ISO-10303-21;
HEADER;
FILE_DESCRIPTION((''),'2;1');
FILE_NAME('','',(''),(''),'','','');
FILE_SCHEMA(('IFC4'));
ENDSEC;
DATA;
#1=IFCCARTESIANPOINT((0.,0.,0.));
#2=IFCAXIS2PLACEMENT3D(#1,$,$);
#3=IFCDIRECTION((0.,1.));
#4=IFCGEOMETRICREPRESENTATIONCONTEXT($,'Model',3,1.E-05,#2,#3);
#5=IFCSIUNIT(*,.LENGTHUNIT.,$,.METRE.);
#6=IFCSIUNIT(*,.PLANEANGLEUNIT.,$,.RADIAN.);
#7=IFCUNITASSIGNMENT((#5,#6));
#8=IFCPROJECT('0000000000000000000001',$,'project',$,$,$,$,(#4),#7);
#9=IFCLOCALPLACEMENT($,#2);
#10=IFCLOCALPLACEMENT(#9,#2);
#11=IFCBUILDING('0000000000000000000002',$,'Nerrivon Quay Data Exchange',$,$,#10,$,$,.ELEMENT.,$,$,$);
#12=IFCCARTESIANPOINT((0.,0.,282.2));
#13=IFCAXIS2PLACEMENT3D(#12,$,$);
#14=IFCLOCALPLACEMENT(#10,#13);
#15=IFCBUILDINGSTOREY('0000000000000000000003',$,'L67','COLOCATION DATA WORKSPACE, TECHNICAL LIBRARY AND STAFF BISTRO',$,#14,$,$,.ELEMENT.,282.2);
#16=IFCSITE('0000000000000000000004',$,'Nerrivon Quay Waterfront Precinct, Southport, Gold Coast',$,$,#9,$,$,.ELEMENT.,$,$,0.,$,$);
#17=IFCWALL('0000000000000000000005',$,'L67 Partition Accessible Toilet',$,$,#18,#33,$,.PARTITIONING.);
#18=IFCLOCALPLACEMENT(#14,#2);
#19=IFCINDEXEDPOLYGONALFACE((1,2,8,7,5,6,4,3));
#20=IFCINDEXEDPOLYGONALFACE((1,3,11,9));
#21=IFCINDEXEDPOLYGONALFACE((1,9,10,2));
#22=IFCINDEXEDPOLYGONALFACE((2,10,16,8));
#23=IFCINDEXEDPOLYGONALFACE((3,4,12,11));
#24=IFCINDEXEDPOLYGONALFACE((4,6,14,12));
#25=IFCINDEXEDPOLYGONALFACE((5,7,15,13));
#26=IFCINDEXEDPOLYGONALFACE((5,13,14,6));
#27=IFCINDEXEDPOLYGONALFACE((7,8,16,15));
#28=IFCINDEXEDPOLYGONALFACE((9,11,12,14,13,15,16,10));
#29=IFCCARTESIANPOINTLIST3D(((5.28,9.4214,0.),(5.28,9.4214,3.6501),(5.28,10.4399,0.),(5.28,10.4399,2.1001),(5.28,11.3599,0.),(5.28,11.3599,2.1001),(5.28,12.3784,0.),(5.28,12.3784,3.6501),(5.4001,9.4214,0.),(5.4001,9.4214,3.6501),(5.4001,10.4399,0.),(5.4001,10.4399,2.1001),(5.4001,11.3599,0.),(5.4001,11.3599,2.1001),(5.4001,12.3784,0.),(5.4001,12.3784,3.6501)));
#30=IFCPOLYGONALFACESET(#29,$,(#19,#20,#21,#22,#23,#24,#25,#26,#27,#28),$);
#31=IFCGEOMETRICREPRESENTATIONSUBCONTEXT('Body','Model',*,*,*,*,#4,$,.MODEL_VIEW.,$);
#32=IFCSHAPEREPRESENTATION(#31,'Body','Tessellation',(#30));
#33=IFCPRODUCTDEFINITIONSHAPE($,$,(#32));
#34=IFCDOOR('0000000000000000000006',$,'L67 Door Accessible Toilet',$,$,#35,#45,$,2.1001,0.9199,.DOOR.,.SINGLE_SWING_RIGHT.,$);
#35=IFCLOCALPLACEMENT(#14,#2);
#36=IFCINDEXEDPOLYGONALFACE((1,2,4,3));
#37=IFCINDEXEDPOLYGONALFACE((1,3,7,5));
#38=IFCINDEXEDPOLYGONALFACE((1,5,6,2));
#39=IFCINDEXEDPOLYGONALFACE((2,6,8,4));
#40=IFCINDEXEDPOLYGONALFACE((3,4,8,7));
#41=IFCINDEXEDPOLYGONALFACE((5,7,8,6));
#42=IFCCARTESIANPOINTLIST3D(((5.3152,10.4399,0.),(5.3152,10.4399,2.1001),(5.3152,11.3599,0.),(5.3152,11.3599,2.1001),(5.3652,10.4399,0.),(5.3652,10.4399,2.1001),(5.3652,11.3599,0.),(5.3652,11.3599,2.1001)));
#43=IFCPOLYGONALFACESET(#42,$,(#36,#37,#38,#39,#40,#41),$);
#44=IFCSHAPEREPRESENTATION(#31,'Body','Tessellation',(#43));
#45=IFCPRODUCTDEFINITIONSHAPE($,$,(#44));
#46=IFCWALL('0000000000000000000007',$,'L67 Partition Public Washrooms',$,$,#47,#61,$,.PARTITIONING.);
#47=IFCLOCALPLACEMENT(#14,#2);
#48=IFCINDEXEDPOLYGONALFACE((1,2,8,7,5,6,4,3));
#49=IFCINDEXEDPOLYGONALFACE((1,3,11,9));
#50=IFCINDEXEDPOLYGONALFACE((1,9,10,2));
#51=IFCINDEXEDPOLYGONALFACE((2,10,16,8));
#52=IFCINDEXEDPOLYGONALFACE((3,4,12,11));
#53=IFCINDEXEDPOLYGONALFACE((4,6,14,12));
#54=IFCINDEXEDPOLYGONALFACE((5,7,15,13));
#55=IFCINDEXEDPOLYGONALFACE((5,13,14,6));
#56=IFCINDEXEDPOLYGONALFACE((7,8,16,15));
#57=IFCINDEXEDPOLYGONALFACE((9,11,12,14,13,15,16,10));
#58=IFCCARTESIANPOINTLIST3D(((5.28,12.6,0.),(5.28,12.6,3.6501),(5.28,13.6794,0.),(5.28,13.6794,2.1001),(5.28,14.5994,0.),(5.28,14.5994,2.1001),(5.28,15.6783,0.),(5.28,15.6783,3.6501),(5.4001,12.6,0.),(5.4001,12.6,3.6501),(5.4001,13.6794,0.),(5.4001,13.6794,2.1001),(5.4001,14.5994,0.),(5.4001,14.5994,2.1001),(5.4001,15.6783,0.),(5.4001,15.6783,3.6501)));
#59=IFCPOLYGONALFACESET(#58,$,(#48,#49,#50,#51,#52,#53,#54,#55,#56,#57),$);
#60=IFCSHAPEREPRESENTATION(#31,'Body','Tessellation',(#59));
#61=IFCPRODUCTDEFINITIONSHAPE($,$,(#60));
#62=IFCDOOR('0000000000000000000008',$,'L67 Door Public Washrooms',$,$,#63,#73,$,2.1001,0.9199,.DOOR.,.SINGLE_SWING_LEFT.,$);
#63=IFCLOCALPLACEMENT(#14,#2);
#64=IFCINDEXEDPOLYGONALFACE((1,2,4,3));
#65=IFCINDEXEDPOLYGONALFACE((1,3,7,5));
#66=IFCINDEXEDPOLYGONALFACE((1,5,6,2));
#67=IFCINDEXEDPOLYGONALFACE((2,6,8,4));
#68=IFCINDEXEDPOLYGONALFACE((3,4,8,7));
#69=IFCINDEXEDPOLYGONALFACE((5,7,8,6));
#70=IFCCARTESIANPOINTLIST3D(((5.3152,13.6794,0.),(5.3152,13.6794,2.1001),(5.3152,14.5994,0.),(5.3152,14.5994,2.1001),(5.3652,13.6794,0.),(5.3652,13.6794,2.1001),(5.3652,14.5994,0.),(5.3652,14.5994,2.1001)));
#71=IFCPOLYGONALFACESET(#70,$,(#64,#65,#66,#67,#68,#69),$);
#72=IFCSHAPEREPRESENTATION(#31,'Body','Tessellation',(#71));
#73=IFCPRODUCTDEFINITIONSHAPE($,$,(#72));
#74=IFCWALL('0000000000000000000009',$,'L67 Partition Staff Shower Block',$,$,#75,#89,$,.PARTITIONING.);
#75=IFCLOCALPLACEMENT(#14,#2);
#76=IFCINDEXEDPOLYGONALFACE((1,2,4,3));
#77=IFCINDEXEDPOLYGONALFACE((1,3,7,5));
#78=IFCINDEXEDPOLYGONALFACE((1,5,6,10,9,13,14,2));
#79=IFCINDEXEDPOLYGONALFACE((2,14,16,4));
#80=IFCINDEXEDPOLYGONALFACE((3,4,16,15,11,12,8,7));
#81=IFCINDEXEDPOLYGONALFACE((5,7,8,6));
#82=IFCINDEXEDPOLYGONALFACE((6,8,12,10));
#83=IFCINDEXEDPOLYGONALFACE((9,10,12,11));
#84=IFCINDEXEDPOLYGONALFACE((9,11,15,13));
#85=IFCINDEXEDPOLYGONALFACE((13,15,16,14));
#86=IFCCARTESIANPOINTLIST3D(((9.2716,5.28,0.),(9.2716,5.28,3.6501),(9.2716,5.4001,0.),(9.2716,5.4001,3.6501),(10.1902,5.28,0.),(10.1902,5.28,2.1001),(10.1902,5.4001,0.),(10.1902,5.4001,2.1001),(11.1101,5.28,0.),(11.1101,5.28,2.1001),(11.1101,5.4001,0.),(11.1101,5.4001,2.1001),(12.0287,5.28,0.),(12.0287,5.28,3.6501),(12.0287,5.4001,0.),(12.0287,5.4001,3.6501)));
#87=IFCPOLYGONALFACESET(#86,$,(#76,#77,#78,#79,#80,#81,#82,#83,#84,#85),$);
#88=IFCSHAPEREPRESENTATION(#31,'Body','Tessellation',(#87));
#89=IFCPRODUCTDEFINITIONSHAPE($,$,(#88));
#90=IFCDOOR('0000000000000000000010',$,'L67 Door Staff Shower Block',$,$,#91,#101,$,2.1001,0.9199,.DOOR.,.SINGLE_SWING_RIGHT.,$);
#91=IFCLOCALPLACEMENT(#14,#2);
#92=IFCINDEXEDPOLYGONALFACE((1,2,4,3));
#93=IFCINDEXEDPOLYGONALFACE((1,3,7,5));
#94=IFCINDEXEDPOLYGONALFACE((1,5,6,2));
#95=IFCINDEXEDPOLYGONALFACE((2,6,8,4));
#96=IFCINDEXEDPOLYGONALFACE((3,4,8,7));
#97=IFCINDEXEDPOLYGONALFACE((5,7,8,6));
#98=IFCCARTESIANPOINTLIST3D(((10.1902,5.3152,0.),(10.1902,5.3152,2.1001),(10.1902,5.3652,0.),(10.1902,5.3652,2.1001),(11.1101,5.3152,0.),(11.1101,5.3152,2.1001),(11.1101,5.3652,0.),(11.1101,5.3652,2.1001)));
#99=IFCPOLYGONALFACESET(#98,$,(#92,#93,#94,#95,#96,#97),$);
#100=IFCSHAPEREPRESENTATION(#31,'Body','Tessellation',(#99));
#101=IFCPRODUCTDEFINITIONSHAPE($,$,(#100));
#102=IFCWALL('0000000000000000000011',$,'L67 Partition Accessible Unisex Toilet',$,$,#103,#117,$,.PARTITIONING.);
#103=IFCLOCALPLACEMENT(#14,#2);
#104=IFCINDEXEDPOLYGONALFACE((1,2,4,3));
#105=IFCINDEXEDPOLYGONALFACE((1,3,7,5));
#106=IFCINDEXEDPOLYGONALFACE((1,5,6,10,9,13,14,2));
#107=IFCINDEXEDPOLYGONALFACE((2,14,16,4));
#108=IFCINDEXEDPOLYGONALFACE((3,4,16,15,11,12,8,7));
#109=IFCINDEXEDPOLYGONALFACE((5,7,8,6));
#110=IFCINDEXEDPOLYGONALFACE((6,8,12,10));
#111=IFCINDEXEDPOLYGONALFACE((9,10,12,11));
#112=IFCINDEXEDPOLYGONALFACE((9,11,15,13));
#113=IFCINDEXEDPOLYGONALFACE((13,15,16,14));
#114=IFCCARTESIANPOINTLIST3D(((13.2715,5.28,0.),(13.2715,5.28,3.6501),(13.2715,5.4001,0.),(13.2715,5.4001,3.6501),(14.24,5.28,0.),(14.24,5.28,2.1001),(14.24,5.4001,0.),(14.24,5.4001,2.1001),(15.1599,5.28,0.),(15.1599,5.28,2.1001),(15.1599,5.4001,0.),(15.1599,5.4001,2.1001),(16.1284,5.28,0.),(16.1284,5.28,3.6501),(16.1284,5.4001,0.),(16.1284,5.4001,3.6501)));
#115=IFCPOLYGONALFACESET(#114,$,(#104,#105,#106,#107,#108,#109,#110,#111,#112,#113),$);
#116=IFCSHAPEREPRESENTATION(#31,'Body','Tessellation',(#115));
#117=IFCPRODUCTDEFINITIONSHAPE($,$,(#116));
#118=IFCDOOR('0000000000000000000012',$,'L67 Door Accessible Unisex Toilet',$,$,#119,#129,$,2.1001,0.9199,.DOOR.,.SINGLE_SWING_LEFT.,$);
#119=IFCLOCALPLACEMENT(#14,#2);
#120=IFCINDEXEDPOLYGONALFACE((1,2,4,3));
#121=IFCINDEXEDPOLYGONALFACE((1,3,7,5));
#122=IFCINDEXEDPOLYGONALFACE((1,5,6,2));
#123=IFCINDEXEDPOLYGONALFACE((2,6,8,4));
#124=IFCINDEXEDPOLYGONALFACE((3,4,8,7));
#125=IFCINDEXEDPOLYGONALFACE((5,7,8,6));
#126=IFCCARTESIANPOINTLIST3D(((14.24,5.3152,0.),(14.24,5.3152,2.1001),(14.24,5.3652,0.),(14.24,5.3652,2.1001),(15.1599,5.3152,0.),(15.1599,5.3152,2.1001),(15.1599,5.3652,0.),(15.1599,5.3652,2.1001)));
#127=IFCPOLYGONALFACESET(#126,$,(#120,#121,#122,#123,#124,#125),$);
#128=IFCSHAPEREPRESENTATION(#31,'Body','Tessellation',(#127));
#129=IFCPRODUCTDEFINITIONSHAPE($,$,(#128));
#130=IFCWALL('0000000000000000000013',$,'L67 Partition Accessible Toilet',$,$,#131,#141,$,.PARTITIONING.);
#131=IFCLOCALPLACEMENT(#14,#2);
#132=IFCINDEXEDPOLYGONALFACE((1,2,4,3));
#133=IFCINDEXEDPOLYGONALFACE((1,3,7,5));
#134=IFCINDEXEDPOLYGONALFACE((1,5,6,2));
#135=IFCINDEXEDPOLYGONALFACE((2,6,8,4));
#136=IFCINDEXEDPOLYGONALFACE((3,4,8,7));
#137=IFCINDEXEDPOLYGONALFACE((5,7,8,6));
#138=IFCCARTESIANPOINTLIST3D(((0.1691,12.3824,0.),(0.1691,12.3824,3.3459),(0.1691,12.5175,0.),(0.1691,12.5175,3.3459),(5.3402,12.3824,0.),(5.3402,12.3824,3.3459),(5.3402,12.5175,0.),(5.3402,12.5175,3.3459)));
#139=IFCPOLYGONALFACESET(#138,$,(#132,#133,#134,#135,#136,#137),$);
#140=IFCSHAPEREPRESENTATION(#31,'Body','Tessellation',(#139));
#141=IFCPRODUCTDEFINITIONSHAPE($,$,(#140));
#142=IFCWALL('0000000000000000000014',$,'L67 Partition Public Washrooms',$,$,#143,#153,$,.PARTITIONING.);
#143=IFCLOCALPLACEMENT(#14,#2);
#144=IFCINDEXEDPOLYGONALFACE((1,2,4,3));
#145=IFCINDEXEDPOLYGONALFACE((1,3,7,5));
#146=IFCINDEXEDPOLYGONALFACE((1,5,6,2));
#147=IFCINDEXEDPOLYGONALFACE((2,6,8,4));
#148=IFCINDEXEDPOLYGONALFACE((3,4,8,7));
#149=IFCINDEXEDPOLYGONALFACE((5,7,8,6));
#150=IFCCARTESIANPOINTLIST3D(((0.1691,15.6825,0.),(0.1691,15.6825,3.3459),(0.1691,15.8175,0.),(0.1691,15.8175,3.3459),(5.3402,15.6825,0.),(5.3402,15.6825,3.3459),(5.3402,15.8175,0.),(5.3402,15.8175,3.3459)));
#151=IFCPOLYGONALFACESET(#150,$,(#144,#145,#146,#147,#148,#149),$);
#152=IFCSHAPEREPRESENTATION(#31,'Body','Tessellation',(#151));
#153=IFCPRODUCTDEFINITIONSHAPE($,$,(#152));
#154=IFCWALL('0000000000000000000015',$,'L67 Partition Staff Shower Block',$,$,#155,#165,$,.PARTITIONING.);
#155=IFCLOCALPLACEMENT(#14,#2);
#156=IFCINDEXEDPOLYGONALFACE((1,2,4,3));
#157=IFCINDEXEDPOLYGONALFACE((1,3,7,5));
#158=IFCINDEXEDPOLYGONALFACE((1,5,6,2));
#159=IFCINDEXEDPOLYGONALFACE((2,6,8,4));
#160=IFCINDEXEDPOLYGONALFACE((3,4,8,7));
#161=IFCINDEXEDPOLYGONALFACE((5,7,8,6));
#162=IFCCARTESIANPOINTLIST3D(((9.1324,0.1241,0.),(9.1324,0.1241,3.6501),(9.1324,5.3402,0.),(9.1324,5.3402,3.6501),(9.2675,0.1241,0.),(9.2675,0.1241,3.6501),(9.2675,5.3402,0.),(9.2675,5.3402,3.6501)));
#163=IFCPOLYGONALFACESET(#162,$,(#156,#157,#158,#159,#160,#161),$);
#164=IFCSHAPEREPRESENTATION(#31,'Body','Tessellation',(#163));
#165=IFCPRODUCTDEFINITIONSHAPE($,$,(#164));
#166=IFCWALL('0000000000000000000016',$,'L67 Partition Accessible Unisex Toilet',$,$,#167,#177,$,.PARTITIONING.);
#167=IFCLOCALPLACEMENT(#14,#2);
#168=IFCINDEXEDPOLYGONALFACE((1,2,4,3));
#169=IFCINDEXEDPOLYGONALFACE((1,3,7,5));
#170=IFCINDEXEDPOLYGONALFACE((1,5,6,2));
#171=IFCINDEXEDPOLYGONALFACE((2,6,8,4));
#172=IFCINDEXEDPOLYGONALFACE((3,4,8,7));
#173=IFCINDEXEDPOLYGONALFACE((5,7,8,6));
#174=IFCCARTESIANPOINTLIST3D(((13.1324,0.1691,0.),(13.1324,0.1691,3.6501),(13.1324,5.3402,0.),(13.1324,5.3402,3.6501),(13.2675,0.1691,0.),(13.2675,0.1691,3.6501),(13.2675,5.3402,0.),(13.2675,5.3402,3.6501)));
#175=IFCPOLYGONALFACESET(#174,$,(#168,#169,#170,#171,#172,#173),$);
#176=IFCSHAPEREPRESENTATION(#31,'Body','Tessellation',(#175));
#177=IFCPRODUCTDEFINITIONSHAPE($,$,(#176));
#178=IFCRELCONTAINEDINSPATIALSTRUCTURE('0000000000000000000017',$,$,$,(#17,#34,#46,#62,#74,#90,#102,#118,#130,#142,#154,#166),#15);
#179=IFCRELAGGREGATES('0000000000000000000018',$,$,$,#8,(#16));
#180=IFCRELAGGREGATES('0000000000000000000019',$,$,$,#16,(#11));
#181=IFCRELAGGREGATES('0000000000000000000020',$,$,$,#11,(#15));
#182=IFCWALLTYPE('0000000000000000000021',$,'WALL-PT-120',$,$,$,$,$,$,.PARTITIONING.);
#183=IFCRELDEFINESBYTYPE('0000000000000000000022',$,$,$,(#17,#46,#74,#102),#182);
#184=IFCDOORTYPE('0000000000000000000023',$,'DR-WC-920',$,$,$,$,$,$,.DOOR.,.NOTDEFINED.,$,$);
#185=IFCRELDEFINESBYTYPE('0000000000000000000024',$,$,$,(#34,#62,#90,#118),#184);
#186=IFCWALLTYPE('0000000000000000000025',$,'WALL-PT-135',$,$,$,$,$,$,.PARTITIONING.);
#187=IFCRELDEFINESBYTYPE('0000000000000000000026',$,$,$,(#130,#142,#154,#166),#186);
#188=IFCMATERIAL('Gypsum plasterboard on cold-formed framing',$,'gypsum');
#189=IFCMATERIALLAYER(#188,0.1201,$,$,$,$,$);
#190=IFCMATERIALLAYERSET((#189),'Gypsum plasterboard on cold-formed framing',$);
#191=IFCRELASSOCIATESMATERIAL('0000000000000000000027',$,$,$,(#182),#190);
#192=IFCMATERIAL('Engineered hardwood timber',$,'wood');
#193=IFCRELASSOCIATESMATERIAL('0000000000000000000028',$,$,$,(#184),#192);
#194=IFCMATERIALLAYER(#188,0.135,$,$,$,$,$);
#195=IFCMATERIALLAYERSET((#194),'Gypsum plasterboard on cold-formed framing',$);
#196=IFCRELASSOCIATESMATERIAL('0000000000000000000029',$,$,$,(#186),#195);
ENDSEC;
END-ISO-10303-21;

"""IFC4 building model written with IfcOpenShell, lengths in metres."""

from ifc_helpers import new_model, si_unit, direction, frame, frame_2d, origin, place, context, subcontext, project, spatial, rectangle, extrude, material, layer, layer_set, type_object, element, fill, save


model = new_model("IFC4")

# Units and contexts
model_context = context("Model", 3, precision=1e-05, world=origin(), true_north=direction((0.0, 1.0)))
body_context = subcontext(model_context, "Body", "Model", "MODEL_VIEW")
ifc_project = project(units=[si_unit("LENGTHUNIT", "METRE"), si_unit("PLANEANGLEUNIT", "RADIAN")], contexts=[model_context])

# Site, building, storey
site_placement = place(None, origin())
site = spatial("IfcSite", under=ifc_project, at=site_placement, Name="Nerrivon Quay Waterfront Precinct, Southport, Gold Coast", CompositionType="ELEMENT", RefElevation=0.0)
building_placement = place(site_placement, origin())
building = spatial("IfcBuilding", under=site, at=building_placement, Name="Nerrivon Quay Data Exchange", CompositionType="ELEMENT")
storey_placement = place(building_placement, frame((0.0, 0.0, 282.2)))
storey = spatial("IfcBuildingStorey", under=building, at=storey_placement, Name="L67", Description="COLOCATION DATA WORKSPACE, TECHNICAL LIBRARY AND STAFF BISTRO", CompositionType="ELEMENT", Elevation=282.2)

# Walls, openings, doors
ifc_material_1 = material(Name="Gypsum plasterboard on cold-formed framing", Category="gypsum")
ifc_layer_1 = layer(ifc_material_1, 0.1201)
ifc_layer_set_1 = layer_set([ifc_layer_1], Name="Gypsum plasterboard on cold-formed framing")
wall_type_1 = type_object("IfcWallType", Name="WALL-PT-120", PredefinedType="PARTITIONING", material=ifc_layer_set_1)
wall_1_placement = place(storey_placement, frame((5.3401, 9.4214, 0.0), z_axis=(0.0, 0.0, 1.0), x_axis=(0.0, 1.0, 0.0)))
wall_1 = element("IfcWall", 1, at=wall_1_placement, inside=storey, type_object=wall_type_1, Name="L67 Partition Accessible Toilet", PredefinedType="PARTITIONING", context=body_context, shape_type="SweptSolid", body=[
    extrude(rectangle(XDim=2.957, YDim=0.1201, at=frame_2d((1.4785, 0.0))), origin(), (0.0, 0.0, 1.0), 3.6501),
])
opening_1_placement = place(wall_1_placement, frame((1.0186, 0.0, 0.0)))
opening_1 = element("IfcOpeningElement", 2, at=opening_1_placement, cuts=wall_1, PredefinedType="OPENING", context=body_context, shape_type="SweptSolid", body=[
    extrude(rectangle(XDim=0.9199, YDim=2.1001, at=frame_2d((0.46, 1.05))), frame((0.0, 0.0701, 0.0), z_axis=(0.0, -1.0, 0.0), x_axis=(1.0, 0.0, 0.0)), (0.0, 0.0, 1.0), 0.1401),
])
ifc_material_2 = material(Name="Engineered hardwood timber", Category="wood")
door_type_1 = type_object("IfcDoorType", Name="DR-WC-920", OperationType="NOTDEFINED", PredefinedType="DOOR", material=ifc_material_2)
door_1_placement = place(opening_1_placement, origin())
door_1 = element("IfcDoor", 3, at=door_1_placement, inside=storey, type_object=door_type_1, Name="L67 Door Accessible Toilet", OperationType="SINGLE_SWING_RIGHT", OverallHeight=2.1001, OverallWidth=0.9199, PredefinedType="DOOR", context=body_context, shape_type="SweptSolid", body=[
    extrude(rectangle(XDim=0.9199, YDim=2.1001, at=frame_2d((0.46, 1.05))), frame((0.0, 0.0249, 0.0), z_axis=(0.0, -1.0, 0.0), x_axis=(1.0, 0.0, 0.0)), (0.0, 0.0, 1.0), 0.05),
])
fill(opening_1, door_1)
wall_2_placement = place(storey_placement, frame((5.3401, 12.6001, 0.0), z_axis=(0.0, 0.0, 1.0), x_axis=(0.0, 1.0, 0.0)))
wall_2 = element("IfcWall", 4, at=wall_2_placement, inside=storey, type_object=wall_type_1, Name="L67 Partition Public Washrooms", PredefinedType="PARTITIONING", context=body_context, shape_type="SweptSolid", body=[
    extrude(rectangle(XDim=3.0784, YDim=0.1201, at=frame_2d((1.5391, 0.0))), origin(), (0.0, 0.0, 1.0), 3.6501),
])
opening_2_placement = place(wall_2_placement, frame((1.0793, 0.0, 0.0)))
opening_2 = element("IfcOpeningElement", 5, at=opening_2_placement, cuts=wall_2, PredefinedType="OPENING", context=body_context, shape_type="SweptSolid", body=[
    extrude(rectangle(XDim=0.9199, YDim=2.1001, at=frame_2d((0.46, 1.05))), frame((0.0, 0.0701, 0.0), z_axis=(0.0, -1.0, 0.0), x_axis=(1.0, 0.0, 0.0)), (0.0, 0.0, 1.0), 0.1401),
])
door_2_placement = place(opening_2_placement, origin())
door_2 = element("IfcDoor", 6, at=door_2_placement, inside=storey, type_object=door_type_1, Name="L67 Door Public Washrooms", OperationType="SINGLE_SWING_LEFT", OverallHeight=2.1001, OverallWidth=0.9199, PredefinedType="DOOR", context=body_context, shape_type="SweptSolid", body=[
    extrude(rectangle(XDim=0.9199, YDim=2.1001, at=frame_2d((0.46, 1.05))), frame((0.0, 0.0249, 0.0), z_axis=(0.0, -1.0, 0.0), x_axis=(1.0, 0.0, 0.0)), (0.0, 0.0, 1.0), 0.05),
])
fill(opening_2, door_2)
wall_3_placement = place(storey_placement, frame((12.0286, 5.3401, 0.0), z_axis=(0.0, 0.0, 1.0), x_axis=(-1.0, 0.0, 0.0)))
wall_3 = element("IfcWall", 7, at=wall_3_placement, inside=storey, type_object=wall_type_1, Name="L67 Partition Staff Shower Block", PredefinedType="PARTITIONING", context=body_context, shape_type="SweptSolid", body=[
    extrude(rectangle(XDim=2.7571, YDim=0.1201, at=frame_2d((1.3784, 0.0))), origin(), (0.0, 0.0, 1.0), 3.6501),
])
opening_3_placement = place(wall_3_placement, frame((0.9185, 0.0, 0.0)))
opening_3 = element("IfcOpeningElement", 8, at=opening_3_placement, cuts=wall_3, PredefinedType="OPENING", context=body_context, shape_type="SweptSolid", body=[
    extrude(rectangle(XDim=0.9199, YDim=2.1001, at=frame_2d((0.46, 1.05))), frame((0.0, 0.0701, 0.0), z_axis=(0.0, -1.0, 0.0), x_axis=(1.0, 0.0, 0.0)), (0.0, 0.0, 1.0), 0.1401),
])
door_3_placement = place(opening_3_placement, origin())
door_3 = element("IfcDoor", 9, at=door_3_placement, inside=storey, type_object=door_type_1, Name="L67 Door Staff Shower Block", OperationType="SINGLE_SWING_RIGHT", OverallHeight=2.1001, OverallWidth=0.9199, PredefinedType="DOOR", context=body_context, shape_type="SweptSolid", body=[
    extrude(rectangle(XDim=0.9199, YDim=2.1001, at=frame_2d((0.46, 1.05))), frame((0.0, 0.0249, 0.0), z_axis=(0.0, -1.0, 0.0), x_axis=(1.0, 0.0, 0.0)), (0.0, 0.0, 1.0), 0.05),
])
fill(opening_3, door_3)
wall_4_placement = place(storey_placement, frame((16.1284, 5.3401, 0.0), z_axis=(0.0, 0.0, 1.0), x_axis=(-1.0, 0.0, 0.0)))
wall_4 = element("IfcWall", 10, at=wall_4_placement, inside=storey, type_object=wall_type_1, Name="L67 Partition Accessible Unisex Toilet", PredefinedType="PARTITIONING", context=body_context, shape_type="SweptSolid", body=[
    extrude(rectangle(XDim=2.8569, YDim=0.1201, at=frame_2d((1.4285, 0.0))), origin(), (0.0, 0.0, 1.0), 3.6501),
])
opening_4_placement = place(wall_4_placement, frame((0.9685, 0.0, 0.0)))
opening_4 = element("IfcOpeningElement", 11, at=opening_4_placement, cuts=wall_4, PredefinedType="OPENING", context=body_context, shape_type="SweptSolid", body=[
    extrude(rectangle(XDim=0.9199, YDim=2.1001, at=frame_2d((0.46, 1.05))), frame((0.0, 0.0701, 0.0), z_axis=(0.0, -1.0, 0.0), x_axis=(1.0, 0.0, 0.0)), (0.0, 0.0, 1.0), 0.1401),
])
door_4_placement = place(opening_4_placement, origin())
door_4 = element("IfcDoor", 12, at=door_4_placement, inside=storey, type_object=door_type_1, Name="L67 Door Accessible Unisex Toilet", OperationType="SINGLE_SWING_LEFT", OverallHeight=2.1001, OverallWidth=0.9199, PredefinedType="DOOR", context=body_context, shape_type="SweptSolid", body=[
    extrude(rectangle(XDim=0.9199, YDim=2.1001, at=frame_2d((0.46, 1.05))), frame((0.0, 0.0249, 0.0), z_axis=(0.0, -1.0, 0.0), x_axis=(1.0, 0.0, 0.0)), (0.0, 0.0, 1.0), 0.05),
])
fill(opening_4, door_4)

# Walls
ifc_layer_2 = layer(ifc_material_1, 0.135)
ifc_layer_set_2 = layer_set([ifc_layer_2], Name="Gypsum plasterboard on cold-formed framing")
wall_type_2 = type_object("IfcWallType", Name="WALL-PT-135", PredefinedType="PARTITIONING", material=ifc_layer_set_2)
for number, where, z_axis, x_axis, name in (
    (13, (5.3401, 12.45, 0.0), (0.0, 0.0, 1.0), (-1.0, 0.0, 0.0), "L67 Partition Accessible Toilet"),
    (14, (5.3401, 15.75, 0.0), (0.0, 0.0, 1.0), (-1.0, 0.0, 0.0), "L67 Partition Public Washrooms"),
):
    element("IfcWall", number, at=place(storey_placement, frame(where, z_axis=z_axis, x_axis=x_axis)), inside=storey, type_object=wall_type_2, Name=name, PredefinedType="PARTITIONING", context=body_context, shape_type="SweptSolid", body=[
        extrude(rectangle(XDim=5.1711, YDim=0.135, at=frame_2d((2.5854, 0.0))), origin(), (0.0, 0.0, 1.0), 3.3459),
    ])
wall_5_placement = place(storey_placement, frame((9.2, 5.3401, 0.0), z_axis=(0.0, 0.0, 1.0), x_axis=(0.0, -1.0, 0.0)))
element("IfcWall", 15, at=wall_5_placement, inside=storey, type_object=wall_type_2, Name="L67 Partition Staff Shower Block", PredefinedType="PARTITIONING", context=body_context, shape_type="SweptSolid", body=[
    extrude(rectangle(XDim=5.2161, YDim=0.135, at=frame_2d((2.6079, 0.0))), origin(), (0.0, 0.0, 1.0), 3.6501),
])
wall_6_placement = place(storey_placement, frame((13.2, 5.3401, 0.0), z_axis=(0.0, 0.0, 1.0), x_axis=(0.0, -1.0, 0.0)))
element("IfcWall", 16, at=wall_6_placement, inside=storey, type_object=wall_type_2, Name="L67 Partition Accessible Unisex Toilet", PredefinedType="PARTITIONING", context=body_context, shape_type="SweptSolid", body=[
    extrude(rectangle(XDim=5.1711, YDim=0.135, at=frame_2d((2.5854, 0.0))), origin(), (0.0, 0.0, 1.0), 3.6501),
])

save(model, "model.ifc")
